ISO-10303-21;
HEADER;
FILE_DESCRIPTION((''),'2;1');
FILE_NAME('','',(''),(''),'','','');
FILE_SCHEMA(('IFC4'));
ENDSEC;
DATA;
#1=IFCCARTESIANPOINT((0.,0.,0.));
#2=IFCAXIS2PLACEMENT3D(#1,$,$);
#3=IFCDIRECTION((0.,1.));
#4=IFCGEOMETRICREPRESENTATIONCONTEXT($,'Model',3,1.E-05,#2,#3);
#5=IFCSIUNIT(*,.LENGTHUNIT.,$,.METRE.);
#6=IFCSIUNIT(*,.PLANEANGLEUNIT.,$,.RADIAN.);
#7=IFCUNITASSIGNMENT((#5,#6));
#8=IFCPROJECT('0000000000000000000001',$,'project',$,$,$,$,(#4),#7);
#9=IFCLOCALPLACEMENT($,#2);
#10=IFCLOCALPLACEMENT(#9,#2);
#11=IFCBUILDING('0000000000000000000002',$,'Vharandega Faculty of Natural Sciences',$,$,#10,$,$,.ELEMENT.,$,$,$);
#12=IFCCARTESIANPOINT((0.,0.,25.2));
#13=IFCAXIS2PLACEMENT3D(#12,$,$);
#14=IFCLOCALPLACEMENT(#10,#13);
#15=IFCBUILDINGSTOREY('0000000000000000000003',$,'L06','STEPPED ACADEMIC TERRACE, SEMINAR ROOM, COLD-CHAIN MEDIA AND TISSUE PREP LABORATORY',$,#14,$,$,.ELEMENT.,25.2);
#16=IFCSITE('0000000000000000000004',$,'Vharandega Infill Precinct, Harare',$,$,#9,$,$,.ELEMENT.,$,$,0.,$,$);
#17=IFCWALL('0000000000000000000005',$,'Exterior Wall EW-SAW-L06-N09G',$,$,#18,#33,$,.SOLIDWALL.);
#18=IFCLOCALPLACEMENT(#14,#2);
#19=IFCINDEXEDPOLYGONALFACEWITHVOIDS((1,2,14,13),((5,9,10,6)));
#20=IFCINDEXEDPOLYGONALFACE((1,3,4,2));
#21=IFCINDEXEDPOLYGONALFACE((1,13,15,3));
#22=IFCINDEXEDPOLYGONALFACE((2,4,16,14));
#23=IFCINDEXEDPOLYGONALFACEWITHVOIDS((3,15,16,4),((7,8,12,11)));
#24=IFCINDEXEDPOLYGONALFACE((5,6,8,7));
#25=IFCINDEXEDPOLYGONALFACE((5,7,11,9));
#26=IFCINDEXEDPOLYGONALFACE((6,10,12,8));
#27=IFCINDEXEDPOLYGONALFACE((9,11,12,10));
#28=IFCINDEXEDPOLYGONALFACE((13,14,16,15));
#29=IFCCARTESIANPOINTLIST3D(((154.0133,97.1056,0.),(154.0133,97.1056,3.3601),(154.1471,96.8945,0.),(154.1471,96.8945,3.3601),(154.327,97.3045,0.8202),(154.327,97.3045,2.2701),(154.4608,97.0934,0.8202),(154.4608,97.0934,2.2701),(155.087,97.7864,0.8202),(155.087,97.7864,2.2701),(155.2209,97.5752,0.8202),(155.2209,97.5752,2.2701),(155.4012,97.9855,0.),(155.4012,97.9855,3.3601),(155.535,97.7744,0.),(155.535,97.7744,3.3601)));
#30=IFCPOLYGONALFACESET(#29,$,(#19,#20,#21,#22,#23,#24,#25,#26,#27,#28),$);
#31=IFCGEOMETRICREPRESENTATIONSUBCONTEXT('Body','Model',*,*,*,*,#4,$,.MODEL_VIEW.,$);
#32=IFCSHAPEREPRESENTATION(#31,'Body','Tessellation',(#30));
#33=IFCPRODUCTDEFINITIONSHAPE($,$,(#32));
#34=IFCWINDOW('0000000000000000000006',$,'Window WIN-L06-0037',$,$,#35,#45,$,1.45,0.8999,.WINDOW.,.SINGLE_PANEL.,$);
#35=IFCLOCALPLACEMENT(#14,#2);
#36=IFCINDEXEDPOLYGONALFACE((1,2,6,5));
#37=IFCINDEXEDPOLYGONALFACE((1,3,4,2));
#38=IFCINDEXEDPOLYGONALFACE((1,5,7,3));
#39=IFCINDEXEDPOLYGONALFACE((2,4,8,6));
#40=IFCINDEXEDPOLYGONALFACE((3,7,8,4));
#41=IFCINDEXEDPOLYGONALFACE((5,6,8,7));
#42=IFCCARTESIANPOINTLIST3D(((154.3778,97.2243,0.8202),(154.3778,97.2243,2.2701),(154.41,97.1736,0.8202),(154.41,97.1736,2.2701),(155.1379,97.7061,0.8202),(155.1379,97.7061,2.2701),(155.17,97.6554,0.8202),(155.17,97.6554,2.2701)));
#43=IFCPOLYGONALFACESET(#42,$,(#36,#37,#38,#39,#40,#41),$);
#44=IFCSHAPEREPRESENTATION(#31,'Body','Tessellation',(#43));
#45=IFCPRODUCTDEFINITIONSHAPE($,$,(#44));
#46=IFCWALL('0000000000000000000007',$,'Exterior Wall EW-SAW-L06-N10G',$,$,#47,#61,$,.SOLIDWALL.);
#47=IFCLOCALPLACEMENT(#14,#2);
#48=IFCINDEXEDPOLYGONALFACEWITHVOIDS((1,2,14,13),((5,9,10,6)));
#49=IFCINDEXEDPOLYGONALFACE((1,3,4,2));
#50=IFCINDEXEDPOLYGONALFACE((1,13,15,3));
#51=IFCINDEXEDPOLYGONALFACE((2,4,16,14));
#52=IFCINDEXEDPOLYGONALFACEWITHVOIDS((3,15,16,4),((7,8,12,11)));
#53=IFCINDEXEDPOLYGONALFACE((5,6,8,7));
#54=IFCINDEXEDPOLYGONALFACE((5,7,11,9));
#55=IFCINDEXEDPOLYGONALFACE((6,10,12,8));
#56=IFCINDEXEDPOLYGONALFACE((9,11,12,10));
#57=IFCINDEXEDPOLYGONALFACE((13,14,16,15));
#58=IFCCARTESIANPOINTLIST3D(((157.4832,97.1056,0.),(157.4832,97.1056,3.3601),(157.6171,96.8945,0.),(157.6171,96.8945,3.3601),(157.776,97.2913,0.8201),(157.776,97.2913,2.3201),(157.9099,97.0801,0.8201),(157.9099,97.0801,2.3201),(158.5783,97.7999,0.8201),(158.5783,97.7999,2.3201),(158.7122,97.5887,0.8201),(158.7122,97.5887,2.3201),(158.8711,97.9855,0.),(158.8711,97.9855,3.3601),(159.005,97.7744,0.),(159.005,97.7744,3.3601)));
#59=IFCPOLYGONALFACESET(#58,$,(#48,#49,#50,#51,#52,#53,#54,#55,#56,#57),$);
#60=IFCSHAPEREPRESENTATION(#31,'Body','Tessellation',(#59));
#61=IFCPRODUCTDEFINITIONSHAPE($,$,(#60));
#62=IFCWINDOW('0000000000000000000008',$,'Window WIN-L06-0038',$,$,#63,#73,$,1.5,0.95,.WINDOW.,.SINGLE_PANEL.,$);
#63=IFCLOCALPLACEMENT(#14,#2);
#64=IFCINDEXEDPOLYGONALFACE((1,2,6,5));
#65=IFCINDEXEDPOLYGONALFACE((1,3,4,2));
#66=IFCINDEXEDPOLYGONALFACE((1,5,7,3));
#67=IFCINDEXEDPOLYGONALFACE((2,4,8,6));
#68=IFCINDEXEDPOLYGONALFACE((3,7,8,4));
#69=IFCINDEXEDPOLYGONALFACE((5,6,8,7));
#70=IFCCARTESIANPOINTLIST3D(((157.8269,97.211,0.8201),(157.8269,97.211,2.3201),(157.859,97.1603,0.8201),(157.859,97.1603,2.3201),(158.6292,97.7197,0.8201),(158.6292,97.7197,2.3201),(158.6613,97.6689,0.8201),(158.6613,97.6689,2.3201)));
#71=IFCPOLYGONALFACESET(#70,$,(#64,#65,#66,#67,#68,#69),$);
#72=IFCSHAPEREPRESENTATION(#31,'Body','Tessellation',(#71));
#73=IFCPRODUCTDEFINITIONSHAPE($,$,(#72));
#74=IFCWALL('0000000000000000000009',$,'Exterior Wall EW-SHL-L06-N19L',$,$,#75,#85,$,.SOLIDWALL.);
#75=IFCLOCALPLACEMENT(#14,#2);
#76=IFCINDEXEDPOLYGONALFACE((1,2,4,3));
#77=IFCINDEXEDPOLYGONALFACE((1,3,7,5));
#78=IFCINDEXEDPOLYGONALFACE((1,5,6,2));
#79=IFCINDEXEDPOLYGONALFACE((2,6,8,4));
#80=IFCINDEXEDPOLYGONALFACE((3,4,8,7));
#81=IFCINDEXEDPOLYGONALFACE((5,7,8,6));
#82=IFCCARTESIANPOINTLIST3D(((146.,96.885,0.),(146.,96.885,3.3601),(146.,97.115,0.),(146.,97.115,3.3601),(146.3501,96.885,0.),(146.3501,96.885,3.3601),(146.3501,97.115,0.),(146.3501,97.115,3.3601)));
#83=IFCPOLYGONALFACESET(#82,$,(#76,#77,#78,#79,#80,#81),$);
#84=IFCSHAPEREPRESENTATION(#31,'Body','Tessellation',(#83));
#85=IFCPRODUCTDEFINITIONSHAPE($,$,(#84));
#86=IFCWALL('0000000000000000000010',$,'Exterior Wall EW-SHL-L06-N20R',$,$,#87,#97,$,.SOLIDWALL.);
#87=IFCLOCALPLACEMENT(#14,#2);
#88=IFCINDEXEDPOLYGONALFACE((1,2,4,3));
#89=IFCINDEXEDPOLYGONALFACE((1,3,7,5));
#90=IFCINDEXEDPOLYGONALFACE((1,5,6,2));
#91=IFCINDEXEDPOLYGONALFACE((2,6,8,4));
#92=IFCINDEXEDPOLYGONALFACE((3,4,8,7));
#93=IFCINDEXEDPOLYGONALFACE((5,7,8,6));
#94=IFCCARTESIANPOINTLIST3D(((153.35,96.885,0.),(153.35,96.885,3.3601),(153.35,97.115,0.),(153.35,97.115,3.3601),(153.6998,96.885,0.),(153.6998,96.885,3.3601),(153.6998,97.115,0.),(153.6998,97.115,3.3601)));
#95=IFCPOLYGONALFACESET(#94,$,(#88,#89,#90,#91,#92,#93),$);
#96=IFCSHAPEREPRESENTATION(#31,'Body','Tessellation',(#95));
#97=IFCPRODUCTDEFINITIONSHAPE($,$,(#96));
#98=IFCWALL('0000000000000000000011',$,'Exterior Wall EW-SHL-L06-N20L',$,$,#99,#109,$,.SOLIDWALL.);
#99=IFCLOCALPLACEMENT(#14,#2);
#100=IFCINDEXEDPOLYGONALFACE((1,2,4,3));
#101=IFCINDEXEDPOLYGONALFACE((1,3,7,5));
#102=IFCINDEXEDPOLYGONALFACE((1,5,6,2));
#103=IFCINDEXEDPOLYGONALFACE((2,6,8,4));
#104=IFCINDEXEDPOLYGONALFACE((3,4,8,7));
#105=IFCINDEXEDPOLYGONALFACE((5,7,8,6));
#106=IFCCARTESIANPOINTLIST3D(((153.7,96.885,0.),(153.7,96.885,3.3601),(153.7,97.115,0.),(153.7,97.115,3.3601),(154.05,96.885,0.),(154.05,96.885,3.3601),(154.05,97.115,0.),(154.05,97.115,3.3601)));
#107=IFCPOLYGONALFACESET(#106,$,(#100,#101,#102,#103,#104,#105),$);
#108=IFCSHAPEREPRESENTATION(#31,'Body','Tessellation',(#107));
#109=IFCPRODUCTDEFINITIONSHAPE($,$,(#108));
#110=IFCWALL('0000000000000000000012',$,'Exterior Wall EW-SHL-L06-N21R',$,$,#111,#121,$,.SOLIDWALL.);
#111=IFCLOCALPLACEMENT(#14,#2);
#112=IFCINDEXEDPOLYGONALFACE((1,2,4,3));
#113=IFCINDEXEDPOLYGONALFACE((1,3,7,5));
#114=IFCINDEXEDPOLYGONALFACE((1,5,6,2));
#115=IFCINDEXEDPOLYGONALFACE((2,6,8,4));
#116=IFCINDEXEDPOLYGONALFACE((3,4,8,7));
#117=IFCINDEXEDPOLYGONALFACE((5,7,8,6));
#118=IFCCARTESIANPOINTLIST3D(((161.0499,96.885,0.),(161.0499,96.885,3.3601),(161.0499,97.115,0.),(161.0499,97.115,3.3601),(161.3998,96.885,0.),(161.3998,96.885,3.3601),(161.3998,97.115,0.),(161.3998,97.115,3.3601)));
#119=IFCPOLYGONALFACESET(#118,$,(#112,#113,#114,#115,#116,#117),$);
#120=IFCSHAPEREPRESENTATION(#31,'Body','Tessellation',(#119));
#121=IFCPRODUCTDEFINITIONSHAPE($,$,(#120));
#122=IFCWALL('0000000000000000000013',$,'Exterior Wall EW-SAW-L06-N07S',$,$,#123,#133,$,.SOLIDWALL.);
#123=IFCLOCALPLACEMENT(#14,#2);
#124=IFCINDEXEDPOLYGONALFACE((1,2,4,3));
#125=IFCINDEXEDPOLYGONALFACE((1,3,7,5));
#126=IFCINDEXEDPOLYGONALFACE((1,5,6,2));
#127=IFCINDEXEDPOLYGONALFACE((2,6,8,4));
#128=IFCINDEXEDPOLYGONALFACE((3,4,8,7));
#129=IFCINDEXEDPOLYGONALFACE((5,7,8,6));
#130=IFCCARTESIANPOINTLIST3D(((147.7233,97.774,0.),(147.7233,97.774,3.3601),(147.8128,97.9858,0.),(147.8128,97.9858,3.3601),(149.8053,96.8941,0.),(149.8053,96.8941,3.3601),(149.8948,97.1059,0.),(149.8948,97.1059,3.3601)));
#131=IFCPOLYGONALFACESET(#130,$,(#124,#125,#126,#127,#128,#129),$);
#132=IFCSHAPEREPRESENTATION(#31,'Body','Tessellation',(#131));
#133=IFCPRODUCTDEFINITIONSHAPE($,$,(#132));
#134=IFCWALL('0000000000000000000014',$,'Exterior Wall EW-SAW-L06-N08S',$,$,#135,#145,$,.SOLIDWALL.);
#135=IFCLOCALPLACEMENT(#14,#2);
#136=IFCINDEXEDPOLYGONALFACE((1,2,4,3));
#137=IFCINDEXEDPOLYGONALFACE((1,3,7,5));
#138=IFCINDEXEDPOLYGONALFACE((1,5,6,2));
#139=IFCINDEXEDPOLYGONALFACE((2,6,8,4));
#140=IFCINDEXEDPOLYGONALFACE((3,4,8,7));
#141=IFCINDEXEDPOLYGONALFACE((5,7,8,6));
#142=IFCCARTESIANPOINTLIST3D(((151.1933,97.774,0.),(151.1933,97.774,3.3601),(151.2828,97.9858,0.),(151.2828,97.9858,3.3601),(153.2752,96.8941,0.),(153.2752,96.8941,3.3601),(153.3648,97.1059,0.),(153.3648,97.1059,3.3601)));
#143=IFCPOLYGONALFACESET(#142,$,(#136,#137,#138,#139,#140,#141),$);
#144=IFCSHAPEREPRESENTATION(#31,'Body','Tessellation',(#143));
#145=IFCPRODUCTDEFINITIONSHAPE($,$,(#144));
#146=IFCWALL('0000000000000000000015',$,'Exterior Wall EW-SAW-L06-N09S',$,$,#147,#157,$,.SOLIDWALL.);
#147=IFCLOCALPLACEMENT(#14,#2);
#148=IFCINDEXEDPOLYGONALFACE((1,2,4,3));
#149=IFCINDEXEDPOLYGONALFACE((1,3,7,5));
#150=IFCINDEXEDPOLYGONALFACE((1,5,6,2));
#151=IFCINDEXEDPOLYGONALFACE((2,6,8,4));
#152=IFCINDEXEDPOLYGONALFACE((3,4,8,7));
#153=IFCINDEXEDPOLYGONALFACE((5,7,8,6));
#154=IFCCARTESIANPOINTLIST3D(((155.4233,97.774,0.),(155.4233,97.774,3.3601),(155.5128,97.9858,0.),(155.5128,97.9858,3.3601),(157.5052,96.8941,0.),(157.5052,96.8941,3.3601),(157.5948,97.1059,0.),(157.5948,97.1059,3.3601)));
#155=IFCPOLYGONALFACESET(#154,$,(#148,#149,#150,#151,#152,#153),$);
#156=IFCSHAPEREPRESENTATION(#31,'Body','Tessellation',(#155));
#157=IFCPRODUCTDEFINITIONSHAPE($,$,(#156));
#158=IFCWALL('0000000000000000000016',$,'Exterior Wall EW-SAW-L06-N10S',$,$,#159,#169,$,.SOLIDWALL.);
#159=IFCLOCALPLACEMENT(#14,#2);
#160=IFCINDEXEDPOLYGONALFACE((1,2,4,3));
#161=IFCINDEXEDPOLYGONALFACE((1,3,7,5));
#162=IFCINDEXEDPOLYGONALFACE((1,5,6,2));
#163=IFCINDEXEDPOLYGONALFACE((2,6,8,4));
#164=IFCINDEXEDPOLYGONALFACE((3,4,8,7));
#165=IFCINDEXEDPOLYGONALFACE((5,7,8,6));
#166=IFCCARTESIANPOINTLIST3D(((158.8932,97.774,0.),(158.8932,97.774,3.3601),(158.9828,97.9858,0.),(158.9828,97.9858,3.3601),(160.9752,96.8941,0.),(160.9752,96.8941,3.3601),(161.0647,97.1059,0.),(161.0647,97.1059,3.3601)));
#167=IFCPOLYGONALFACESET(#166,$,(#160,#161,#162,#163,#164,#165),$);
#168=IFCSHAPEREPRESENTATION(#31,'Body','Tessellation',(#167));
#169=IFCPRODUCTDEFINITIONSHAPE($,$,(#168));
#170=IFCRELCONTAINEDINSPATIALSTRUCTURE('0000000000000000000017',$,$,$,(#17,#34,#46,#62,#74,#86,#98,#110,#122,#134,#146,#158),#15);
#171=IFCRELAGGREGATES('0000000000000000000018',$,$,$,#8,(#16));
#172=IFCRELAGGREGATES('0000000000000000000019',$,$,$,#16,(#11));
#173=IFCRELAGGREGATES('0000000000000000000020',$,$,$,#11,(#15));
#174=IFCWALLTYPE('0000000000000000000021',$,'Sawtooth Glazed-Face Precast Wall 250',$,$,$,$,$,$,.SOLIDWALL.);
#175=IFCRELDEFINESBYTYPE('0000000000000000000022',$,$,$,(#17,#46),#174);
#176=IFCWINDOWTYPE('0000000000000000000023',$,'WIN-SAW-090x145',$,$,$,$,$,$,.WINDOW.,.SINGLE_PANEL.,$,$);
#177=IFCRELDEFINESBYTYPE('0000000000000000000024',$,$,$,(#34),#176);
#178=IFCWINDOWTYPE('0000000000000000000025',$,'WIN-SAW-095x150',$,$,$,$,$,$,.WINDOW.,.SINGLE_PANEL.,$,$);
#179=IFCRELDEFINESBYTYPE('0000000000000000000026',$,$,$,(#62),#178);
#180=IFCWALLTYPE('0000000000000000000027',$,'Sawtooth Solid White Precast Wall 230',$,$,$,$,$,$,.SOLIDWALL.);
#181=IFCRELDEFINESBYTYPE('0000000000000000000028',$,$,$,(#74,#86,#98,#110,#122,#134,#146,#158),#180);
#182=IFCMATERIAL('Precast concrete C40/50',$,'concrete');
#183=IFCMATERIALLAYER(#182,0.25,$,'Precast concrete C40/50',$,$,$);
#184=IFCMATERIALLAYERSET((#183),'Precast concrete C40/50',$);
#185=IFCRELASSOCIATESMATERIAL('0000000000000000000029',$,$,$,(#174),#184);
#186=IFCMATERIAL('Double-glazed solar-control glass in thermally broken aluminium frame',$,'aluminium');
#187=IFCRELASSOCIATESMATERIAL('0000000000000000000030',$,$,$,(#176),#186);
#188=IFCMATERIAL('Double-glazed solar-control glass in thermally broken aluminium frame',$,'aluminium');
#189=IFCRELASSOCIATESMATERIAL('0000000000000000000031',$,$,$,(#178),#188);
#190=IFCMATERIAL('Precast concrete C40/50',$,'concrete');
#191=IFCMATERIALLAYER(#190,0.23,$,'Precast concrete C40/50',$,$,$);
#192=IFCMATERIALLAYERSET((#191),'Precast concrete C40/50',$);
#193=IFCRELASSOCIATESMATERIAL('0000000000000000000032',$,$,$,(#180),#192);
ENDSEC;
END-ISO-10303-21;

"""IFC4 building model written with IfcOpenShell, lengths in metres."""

from ifc_helpers import new_model, si_unit, direction, frame, frame_2d, origin, place, context, subcontext, project, spatial, rectangle, extrude, material, layer, layer_set, type_object, element, fill, save


model = new_model("IFC4")

# Units and contexts
model_context = context("Model", 3, precision=1e-05, world=origin(), true_north=direction((0.0, 1.0)))
body_context = subcontext(model_context, "Body", "Model", "MODEL_VIEW")
ifc_project = project(units=[si_unit("LENGTHUNIT", "METRE"), si_unit("PLANEANGLEUNIT", "RADIAN")], contexts=[model_context])

# Site, building, storey
site_placement = place(None, origin())
site = spatial("IfcSite", under=ifc_project, at=site_placement, Name="Vharandega Infill Precinct, Harare", CompositionType="ELEMENT", RefElevation=0.0)
building_placement = place(site_placement, origin())
building = spatial("IfcBuilding", under=site, at=building_placement, Name="Vharandega Faculty of Natural Sciences", CompositionType="ELEMENT")
storey_placement = place(building_placement, frame((0.0, 0.0, 25.2)))
storey = spatial("IfcBuildingStorey", under=building, at=storey_placement, Name="L06", Description="STEPPED ACADEMIC TERRACE, SEMINAR ROOM, COLD-CHAIN MEDIA AND TISSUE PREP LABORATORY", CompositionType="ELEMENT", Elevation=25.2)

# Walls, openings, windows
ifc_material_1 = material(Name="Precast concrete C40/50", Category="concrete")
ifc_layer_1 = layer(ifc_material_1, 0.25, Name="Precast concrete C40/50")
ifc_layer_set_1 = layer_set([ifc_layer_1], Name="Precast concrete C40/50")
wall_type_1 = type_object("IfcWallType", Name="Sawtooth Glazed-Face Precast Wall 250", PredefinedType="SOLIDWALL", material=ifc_layer_set_1)
wall_1_placement = place(storey_placement, frame((154.0801, 97.0, 0.0), z_axis=(0.0, 0.0, 1.0), x_axis=(0.844584, 0.535423, 0.0)))
wall_1 = element("IfcWall", 1, at=wall_1_placement, inside=storey, type_object=wall_type_1, Name="Exterior Wall EW-SAW-L06-N09G", PredefinedType="SOLIDWALL", context=body_context, shape_type="SweptSolid", body=[
    extrude(rectangle(XDim=1.6433, YDim=0.25, at=frame_2d((0.8218, 0.0))), origin(), (0.0, 0.0, 1.0), 3.3601),
])
opening_1_placement = place(wall_1_placement, frame((0.3716, 0.0, 0.8201)))
opening_1 = element("IfcOpeningElement", 2, at=opening_1_placement, cuts=wall_1, PredefinedType="OPENING", context=body_context, shape_type="SweptSolid", body=[
    extrude(rectangle(XDim=0.8999, YDim=1.45, at=frame_2d((0.45, 0.7251))), frame((0.0, 0.135, 0.0), z_axis=(0.0, -1.0, 0.0), x_axis=(1.0, 0.0, 0.0)), (0.0, 0.0, 1.0), 0.27),
])
ifc_material_2 = material(Name="Double-glazed solar-control glass in thermally broken aluminium frame", Category="aluminium")
window_type_1 = type_object("IfcWindowType", Name="WIN-SAW-090x145", PartitioningType="SINGLE_PANEL", PredefinedType="WINDOW", material=ifc_material_2)
window_1_placement = place(opening_1_placement, origin())
window_1 = element("IfcWindow", 3, at=window_1_placement, inside=storey, type_object=window_type_1, Name="Window WIN-L06-0037", OverallHeight=1.45, OverallWidth=0.8999, PartitioningType="SINGLE_PANEL", PredefinedType="WINDOW", context=body_context, shape_type="SweptSolid", body=[
    extrude(rectangle(XDim=0.8999, YDim=1.45, at=frame_2d((0.45, 0.7251))), frame((0.0, 0.03, 0.0), z_axis=(0.0, -1.0, 0.0), x_axis=(1.0, 0.0, 0.0)), (0.0, 0.0, 1.0), 0.0601),
])
fill(opening_1, window_1)
wall_2_placement = place(storey_placement, frame((157.55, 97.0, 0.0), z_axis=(0.0, 0.0, 1.0), x_axis=(0.844584, 0.535423, 0.0)))
wall_2 = element("IfcWall", 4, at=wall_2_placement, inside=storey, type_object=wall_type_1, Name="Exterior Wall EW-SAW-L06-N10G", PredefinedType="SOLIDWALL", context=body_context, shape_type="SweptSolid", body=[
    extrude(rectangle(XDim=1.6433, YDim=0.25, at=frame_2d((0.8218, 0.0))), origin(), (0.0, 0.0, 1.0), 3.3601),
])
opening_2_placement = place(wall_2_placement, frame((0.3467, 0.0, 0.8201)))
opening_2 = element("IfcOpeningElement", 5, at=opening_2_placement, cuts=wall_2, PredefinedType="OPENING", context=body_context, shape_type="SweptSolid", body=[
    extrude(rectangle(XDim=0.95, YDim=1.5, at=frame_2d((0.4751, 0.75))), frame((0.0, 0.135, 0.0), z_axis=(0.0, -1.0, 0.0), x_axis=(1.0, 0.0, 0.0)), (0.0, 0.0, 1.0), 0.27),
])
ifc_material_3 = material(Name="Double-glazed solar-control glass in thermally broken aluminium frame", Category="aluminium")
window_type_2 = type_object("IfcWindowType", Name="WIN-SAW-095x150", PartitioningType="SINGLE_PANEL", PredefinedType="WINDOW", material=ifc_material_3)
window_2_placement = place(opening_2_placement, origin())
window_2 = element("IfcWindow", 6, at=window_2_placement, inside=storey, type_object=window_type_2, Name="Window WIN-L06-0038", OverallHeight=1.5, OverallWidth=0.95, PartitioningType="SINGLE_PANEL", PredefinedType="WINDOW", context=body_context, shape_type="SweptSolid", body=[
    extrude(rectangle(XDim=0.95, YDim=1.5, at=frame_2d((0.4751, 0.75))), frame((0.0, 0.03, 0.0), z_axis=(0.0, -1.0, 0.0), x_axis=(1.0, 0.0, 0.0)), (0.0, 0.0, 1.0), 0.0601),
])
fill(opening_2, window_2)

# Walls
ifc_material_4 = material(Name="Precast concrete C40/50", Category="concrete")
ifc_layer_2 = layer(ifc_material_4, 0.23, Name="Precast concrete C40/50")
ifc_layer_set_2 = layer_set([ifc_layer_2], Name="Precast concrete C40/50")
wall_type_2 = type_object("IfcWallType", Name="Sawtooth Solid White Precast Wall 230", PredefinedType="SOLIDWALL", material=ifc_layer_set_2)
wall_3_placement = place(storey_placement, frame((146.0, 97.0, 0.0), z_axis=(0.0, 0.0, 1.0), x_axis=(1.0, 0.0, 0.0)))
element("IfcWall", 7, at=wall_3_placement, inside=storey, type_object=wall_type_2, Name="Exterior Wall EW-SHL-L06-N19L", PredefinedType="SOLIDWALL", context=body_context, shape_type="SweptSolid", body=[
    extrude(rectangle(XDim=0.3501, YDim=0.23, at=frame_2d((0.175, 0.0))), origin(), (0.0, 0.0, 1.0), 3.3601),
])
wall_4_placement = place(storey_placement, frame((153.3501, 97.0, 0.0), z_axis=(0.0, 0.0, 1.0), x_axis=(1.0, 0.0, 0.0)))
element("IfcWall", 8, at=wall_4_placement, inside=storey, type_object=wall_type_2, Name="Exterior Wall EW-SHL-L06-N20R", PredefinedType="SOLIDWALL", context=body_context, shape_type="SweptSolid", body=[
    extrude(rectangle(XDim=0.3499, YDim=0.23, at=frame_2d((0.1748, 0.0))), origin(), (0.0, 0.0, 1.0), 3.3601),
])
wall_5_placement = place(storey_placement, frame((153.7, 97.0, 0.0), z_axis=(0.0, 0.0, 1.0), x_axis=(1.0, 0.0, 0.0)))
element("IfcWall", 9, at=wall_5_placement, inside=storey, type_object=wall_type_2, Name="Exterior Wall EW-SHL-L06-N20L", PredefinedType="SOLIDWALL", context=body_context, shape_type="SweptSolid", body=[
    extrude(rectangle(XDim=0.3501, YDim=0.23, at=frame_2d((0.175, 0.0))), origin(), (0.0, 0.0, 1.0), 3.3601),
])
wall_6_placement = place(storey_placement, frame((161.05, 97.0, 0.0), z_axis=(0.0, 0.0, 1.0), x_axis=(1.0, 0.0, 0.0)))
element("IfcWall", 10, at=wall_6_placement, inside=storey, type_object=wall_type_2, Name="Exterior Wall EW-SHL-L06-N21R", PredefinedType="SOLIDWALL", context=body_context, shape_type="SweptSolid", body=[
    extrude(rectangle(XDim=0.3499, YDim=0.23, at=frame_2d((0.1748, 0.0))), origin(), (0.0, 0.0, 1.0), 3.3601),
])
for number, where, z_axis, x_axis, name in (
    (11, (147.7681, 97.8799, 0.0), (0.0, 0.0, 1.0), (0.921122, -0.389274, 0.0), "Exterior Wall EW-SAW-L06-N07S"),
    (12, (151.238, 97.8799, 0.0), (0.0, 0.0, 1.0), (0.921122, -0.389274, 0.0), "Exterior Wall EW-SAW-L06-N08S"),
    (13, (155.468, 97.8799, 0.0), (0.0, 0.0, 1.0), (0.921122, -0.389274, 0.0), "Exterior Wall EW-SAW-L06-N09S"),
    (14, (158.938, 97.8799, 0.0), (0.0, 0.0, 1.0), (0.921122, -0.389274, 0.0), "Exterior Wall EW-SAW-L06-N10S"),
):
    element("IfcWall", number, at=place(storey_placement, frame(where, z_axis=z_axis, x_axis=x_axis)), inside=storey, type_object=wall_type_2, Name=name, PredefinedType="SOLIDWALL", context=body_context, shape_type="SweptSolid", body=[
        extrude(rectangle(XDim=2.2603, YDim=0.23, at=frame_2d((1.1301, 0.0))), origin(), (0.0, 0.0, 1.0), 3.3601),
    ])

save(model, "model.ifc")
